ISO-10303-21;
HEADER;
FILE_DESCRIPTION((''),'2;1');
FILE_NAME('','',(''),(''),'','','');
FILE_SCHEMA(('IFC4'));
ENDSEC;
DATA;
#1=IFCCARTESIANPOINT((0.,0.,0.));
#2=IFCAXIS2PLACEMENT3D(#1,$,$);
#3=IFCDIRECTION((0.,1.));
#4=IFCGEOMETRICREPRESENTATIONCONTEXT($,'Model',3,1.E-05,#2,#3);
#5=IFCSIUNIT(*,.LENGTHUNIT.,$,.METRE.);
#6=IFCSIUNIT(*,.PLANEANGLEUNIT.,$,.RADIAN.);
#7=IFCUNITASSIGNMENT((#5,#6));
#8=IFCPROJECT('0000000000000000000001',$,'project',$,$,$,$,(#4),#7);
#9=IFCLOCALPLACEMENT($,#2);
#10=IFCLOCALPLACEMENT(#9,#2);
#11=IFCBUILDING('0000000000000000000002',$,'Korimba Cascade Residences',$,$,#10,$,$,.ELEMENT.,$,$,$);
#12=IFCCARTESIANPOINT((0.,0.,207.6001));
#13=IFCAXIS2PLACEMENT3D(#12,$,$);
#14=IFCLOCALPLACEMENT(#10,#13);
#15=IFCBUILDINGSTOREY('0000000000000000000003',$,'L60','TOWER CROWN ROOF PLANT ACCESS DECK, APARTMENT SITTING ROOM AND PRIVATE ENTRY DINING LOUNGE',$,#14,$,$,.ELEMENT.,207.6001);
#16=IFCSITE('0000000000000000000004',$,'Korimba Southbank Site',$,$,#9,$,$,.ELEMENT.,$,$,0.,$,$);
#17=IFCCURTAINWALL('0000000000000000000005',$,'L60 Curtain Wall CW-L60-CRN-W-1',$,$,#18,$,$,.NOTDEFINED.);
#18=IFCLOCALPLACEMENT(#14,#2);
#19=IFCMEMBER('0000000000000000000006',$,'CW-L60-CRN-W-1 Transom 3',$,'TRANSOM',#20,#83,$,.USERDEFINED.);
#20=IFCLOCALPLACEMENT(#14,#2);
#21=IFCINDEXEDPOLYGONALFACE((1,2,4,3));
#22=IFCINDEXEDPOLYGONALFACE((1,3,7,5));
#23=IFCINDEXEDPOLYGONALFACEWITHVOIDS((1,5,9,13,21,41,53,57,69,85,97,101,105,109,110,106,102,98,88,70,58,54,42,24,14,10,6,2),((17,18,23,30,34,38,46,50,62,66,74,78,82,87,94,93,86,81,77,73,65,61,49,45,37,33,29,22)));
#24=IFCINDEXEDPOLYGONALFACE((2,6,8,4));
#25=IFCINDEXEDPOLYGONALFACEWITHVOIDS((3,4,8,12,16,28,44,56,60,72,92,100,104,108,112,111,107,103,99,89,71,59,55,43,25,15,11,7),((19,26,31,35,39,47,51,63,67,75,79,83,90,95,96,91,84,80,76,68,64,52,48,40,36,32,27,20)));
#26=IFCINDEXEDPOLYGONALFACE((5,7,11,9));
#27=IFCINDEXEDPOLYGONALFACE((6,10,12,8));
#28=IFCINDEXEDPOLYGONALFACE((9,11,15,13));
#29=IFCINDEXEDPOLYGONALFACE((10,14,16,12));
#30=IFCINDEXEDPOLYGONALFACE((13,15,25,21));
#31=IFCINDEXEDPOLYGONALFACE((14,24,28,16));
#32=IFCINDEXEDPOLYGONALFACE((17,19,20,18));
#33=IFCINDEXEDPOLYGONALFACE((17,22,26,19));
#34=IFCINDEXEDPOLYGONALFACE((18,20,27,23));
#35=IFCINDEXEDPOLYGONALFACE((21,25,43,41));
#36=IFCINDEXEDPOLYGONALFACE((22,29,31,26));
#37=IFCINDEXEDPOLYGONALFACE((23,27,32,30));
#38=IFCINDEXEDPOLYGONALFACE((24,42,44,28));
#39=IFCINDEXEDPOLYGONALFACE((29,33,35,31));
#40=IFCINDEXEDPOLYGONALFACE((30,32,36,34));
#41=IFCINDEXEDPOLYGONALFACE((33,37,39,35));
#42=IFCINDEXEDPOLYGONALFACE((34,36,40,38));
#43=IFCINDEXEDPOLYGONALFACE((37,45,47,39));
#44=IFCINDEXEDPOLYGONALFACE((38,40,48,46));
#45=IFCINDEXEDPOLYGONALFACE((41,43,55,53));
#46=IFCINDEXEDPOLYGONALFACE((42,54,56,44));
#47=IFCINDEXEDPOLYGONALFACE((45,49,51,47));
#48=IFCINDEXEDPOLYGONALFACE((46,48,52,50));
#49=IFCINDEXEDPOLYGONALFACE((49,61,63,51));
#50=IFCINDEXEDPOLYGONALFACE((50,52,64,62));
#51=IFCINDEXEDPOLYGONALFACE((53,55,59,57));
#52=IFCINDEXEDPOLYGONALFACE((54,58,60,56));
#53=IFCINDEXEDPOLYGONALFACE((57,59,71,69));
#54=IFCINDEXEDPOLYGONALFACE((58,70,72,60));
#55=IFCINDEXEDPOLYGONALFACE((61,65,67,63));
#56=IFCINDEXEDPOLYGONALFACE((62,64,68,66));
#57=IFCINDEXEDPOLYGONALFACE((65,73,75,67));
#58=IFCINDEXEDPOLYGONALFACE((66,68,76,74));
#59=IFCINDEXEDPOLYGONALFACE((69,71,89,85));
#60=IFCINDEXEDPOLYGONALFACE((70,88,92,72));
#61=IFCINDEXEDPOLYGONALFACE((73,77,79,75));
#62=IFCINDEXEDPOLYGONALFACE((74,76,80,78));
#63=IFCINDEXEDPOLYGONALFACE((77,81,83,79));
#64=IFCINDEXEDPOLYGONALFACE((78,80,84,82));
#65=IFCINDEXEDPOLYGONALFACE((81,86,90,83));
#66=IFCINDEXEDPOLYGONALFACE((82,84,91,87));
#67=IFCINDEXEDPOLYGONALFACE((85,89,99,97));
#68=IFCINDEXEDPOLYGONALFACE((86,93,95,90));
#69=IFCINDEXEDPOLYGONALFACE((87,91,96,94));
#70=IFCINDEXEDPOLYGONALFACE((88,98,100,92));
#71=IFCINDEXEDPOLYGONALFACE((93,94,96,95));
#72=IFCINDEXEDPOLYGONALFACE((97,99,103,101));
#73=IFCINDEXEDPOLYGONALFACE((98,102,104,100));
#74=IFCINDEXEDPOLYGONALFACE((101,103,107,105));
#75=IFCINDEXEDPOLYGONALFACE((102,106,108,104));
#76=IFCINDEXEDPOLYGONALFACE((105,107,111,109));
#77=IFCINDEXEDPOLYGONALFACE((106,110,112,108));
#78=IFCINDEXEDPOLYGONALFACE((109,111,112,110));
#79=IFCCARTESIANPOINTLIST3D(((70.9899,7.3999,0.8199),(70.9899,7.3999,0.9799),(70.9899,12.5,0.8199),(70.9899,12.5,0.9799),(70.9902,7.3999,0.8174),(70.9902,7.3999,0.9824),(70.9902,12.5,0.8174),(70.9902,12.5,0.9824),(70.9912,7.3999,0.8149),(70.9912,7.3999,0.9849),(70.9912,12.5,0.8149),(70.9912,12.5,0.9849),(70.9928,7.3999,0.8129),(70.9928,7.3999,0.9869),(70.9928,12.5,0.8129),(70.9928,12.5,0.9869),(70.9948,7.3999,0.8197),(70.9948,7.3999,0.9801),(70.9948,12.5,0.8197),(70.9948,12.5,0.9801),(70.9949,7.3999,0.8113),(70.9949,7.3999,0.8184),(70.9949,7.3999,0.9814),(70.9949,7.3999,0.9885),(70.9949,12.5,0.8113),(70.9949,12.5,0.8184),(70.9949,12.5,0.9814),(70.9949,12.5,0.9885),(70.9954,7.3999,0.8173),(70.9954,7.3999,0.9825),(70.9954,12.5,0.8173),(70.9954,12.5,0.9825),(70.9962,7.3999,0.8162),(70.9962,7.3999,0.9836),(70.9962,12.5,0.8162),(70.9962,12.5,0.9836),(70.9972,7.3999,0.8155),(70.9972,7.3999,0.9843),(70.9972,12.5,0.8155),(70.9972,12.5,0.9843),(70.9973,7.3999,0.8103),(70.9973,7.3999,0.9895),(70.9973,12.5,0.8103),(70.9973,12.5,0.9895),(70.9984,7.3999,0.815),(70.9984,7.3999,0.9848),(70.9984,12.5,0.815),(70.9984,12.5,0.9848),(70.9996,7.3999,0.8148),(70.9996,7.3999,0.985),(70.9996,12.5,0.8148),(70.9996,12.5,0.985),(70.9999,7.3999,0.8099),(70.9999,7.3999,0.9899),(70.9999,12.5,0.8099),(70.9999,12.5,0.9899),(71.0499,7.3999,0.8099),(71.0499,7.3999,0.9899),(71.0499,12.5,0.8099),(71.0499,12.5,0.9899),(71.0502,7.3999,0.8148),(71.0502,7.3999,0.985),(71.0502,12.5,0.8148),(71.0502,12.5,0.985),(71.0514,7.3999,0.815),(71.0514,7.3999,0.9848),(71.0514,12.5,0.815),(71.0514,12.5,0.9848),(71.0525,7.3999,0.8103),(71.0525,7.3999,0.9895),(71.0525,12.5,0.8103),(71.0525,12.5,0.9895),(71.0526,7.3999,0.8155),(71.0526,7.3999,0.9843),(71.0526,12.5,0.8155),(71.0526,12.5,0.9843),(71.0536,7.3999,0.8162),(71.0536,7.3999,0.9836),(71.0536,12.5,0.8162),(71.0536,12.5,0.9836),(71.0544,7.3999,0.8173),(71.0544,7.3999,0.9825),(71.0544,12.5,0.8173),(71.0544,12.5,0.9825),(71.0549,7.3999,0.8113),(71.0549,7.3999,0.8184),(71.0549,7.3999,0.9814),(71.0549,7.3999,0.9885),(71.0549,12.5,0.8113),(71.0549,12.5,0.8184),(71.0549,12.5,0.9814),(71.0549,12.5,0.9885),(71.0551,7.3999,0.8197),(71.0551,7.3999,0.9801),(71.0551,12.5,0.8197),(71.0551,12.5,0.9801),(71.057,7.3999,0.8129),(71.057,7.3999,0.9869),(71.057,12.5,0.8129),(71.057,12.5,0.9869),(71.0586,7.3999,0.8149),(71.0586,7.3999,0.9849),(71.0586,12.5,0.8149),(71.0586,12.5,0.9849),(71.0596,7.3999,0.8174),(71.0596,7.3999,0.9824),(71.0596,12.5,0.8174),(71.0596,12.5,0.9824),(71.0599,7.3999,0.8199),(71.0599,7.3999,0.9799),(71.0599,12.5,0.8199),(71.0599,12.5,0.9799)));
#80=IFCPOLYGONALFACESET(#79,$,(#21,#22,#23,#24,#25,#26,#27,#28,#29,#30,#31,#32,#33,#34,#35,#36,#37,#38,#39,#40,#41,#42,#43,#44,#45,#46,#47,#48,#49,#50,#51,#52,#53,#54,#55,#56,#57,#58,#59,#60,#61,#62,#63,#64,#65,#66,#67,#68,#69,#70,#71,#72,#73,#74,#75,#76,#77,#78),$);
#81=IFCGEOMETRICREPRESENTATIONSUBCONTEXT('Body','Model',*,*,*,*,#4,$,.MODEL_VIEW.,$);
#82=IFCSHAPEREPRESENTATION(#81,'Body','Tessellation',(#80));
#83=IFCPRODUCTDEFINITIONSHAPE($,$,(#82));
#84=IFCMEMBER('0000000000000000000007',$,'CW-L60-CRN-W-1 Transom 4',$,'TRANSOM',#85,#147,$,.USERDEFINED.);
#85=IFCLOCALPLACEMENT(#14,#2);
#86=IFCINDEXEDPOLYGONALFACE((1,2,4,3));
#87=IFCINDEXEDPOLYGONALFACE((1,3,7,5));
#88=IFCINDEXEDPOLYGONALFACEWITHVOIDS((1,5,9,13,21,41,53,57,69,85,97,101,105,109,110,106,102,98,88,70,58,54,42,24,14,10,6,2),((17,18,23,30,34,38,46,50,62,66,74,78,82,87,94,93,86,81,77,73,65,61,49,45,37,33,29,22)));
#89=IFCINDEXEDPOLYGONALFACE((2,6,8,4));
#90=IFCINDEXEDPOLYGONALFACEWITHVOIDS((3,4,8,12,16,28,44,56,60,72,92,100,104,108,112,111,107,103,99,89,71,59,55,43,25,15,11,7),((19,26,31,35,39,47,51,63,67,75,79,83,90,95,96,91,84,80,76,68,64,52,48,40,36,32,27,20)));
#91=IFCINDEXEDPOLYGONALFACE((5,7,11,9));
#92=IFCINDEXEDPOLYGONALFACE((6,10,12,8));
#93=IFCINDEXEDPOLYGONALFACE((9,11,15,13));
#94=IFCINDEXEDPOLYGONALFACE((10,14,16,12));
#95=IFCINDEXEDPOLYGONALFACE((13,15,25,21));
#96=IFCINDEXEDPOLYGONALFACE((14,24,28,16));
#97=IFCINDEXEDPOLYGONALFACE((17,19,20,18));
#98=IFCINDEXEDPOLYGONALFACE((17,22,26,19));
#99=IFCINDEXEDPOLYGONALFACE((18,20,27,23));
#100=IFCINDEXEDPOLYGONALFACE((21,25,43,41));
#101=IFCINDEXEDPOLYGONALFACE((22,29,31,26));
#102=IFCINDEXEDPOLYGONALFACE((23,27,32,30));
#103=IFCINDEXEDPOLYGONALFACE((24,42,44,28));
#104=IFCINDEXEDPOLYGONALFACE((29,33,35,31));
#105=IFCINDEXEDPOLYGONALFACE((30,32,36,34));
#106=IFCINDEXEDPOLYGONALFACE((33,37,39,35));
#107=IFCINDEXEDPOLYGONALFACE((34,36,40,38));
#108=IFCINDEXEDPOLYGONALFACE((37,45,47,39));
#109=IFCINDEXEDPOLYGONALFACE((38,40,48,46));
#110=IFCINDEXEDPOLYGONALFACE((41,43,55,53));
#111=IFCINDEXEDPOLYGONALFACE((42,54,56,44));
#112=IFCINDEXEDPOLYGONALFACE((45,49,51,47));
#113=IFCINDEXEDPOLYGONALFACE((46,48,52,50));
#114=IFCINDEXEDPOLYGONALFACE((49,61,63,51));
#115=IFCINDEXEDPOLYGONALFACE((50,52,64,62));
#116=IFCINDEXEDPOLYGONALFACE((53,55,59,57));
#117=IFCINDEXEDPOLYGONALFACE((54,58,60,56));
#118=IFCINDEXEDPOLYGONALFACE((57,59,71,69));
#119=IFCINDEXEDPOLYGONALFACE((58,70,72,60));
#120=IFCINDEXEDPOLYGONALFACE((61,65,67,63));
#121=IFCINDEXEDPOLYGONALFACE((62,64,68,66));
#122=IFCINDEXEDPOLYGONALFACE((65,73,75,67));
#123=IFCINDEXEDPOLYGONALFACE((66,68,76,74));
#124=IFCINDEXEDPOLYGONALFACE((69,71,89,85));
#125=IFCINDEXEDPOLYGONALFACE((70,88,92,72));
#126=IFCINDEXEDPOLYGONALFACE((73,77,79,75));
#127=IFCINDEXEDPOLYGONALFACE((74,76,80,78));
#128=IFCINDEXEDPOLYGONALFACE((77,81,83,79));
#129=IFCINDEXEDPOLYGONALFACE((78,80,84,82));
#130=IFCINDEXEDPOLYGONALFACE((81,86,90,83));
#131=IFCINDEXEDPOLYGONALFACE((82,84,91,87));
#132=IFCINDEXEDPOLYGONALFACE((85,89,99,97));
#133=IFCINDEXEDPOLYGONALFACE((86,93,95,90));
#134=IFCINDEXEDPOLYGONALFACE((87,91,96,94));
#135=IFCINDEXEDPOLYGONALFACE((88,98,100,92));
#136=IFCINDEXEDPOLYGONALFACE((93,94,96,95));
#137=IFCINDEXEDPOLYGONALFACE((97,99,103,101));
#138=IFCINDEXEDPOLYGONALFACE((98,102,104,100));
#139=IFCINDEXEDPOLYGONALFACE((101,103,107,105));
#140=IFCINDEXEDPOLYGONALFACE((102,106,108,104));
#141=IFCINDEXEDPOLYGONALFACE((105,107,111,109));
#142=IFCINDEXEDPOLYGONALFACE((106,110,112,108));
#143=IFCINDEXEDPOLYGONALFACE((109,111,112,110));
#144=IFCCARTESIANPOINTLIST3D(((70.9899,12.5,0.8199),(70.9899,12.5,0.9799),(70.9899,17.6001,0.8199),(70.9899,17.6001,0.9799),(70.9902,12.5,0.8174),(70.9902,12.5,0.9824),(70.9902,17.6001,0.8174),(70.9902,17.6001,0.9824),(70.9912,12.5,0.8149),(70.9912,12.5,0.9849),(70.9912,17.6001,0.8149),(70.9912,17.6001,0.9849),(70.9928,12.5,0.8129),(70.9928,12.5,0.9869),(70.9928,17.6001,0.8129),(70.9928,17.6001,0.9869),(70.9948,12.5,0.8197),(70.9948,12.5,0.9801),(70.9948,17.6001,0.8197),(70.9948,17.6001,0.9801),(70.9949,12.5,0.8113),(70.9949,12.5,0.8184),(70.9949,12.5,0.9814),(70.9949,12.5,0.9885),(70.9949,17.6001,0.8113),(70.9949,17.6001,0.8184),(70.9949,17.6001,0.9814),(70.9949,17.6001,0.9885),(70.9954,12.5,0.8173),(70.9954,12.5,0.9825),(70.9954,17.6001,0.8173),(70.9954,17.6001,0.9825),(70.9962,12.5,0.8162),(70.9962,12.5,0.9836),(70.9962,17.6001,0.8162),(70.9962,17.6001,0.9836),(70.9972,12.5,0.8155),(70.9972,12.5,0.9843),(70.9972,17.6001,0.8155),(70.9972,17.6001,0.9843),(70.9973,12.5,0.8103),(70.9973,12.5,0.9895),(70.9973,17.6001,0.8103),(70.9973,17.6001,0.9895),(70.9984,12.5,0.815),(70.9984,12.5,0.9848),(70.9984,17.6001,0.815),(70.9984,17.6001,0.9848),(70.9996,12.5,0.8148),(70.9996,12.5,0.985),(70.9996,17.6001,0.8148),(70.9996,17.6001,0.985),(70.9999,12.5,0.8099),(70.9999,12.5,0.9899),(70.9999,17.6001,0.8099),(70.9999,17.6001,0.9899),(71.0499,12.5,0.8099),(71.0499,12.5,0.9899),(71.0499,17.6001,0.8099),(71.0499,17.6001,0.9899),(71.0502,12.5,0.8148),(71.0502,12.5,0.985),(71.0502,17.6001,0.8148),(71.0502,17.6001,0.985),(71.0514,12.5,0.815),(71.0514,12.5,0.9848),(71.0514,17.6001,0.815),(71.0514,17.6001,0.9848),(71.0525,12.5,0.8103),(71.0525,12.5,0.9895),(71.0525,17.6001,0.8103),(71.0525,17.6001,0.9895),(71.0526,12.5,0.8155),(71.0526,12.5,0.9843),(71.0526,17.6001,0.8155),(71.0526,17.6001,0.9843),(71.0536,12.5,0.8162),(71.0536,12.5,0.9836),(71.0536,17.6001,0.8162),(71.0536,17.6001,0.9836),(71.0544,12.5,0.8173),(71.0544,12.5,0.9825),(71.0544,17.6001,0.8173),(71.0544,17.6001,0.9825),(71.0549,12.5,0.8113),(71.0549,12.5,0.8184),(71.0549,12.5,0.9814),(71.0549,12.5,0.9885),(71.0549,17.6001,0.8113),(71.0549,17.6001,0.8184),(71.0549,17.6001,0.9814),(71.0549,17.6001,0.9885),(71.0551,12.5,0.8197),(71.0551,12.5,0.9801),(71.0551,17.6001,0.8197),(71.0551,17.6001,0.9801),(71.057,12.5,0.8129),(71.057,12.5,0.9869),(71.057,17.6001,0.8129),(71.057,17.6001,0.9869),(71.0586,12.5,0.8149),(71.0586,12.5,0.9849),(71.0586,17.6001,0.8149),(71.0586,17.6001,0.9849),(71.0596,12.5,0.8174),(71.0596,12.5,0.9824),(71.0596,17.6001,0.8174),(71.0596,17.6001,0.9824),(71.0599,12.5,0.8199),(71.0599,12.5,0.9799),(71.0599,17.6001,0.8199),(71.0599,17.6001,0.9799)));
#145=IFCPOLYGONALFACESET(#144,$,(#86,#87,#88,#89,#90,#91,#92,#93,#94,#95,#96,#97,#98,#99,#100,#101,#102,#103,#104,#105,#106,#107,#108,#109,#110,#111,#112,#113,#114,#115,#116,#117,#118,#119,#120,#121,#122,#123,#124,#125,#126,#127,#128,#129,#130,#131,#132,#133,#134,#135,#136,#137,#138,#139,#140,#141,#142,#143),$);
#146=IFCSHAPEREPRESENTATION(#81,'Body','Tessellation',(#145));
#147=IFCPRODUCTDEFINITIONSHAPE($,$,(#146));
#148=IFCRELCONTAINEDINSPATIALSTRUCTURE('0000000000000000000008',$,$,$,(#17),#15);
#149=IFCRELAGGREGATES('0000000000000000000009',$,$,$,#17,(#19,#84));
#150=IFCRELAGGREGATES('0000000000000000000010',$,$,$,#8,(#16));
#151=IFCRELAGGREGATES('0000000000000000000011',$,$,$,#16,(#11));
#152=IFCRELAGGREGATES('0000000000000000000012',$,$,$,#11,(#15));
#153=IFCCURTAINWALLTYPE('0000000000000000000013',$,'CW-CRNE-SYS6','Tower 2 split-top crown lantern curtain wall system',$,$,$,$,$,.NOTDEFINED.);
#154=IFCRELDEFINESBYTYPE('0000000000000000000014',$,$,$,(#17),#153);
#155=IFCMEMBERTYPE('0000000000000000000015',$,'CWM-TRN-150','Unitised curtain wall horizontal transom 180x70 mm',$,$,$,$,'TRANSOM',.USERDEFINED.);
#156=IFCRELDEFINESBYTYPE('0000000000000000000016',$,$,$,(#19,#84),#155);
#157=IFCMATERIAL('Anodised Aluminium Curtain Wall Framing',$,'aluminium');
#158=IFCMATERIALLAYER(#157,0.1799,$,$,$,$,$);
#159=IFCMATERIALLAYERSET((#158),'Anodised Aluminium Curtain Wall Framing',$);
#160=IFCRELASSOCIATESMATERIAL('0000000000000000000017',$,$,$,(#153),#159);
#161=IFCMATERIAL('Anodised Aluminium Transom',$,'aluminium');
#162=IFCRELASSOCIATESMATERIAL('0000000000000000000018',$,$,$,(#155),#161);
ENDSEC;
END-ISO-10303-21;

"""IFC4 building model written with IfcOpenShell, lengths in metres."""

from ifc_helpers import new_model, si_unit, direction, frame, origin, origin_2d, place, context, subcontext, project, spatial, hollow_rectangle, extrude, material, layer, layer_set, material_profile, profile_set, type_object, element, aggregate, save


model = new_model("IFC4")

# Units and contexts
model_context = context("Model", 3, precision=1e-05, world=origin(), true_north=direction((0.0, 1.0)))
body_context = subcontext(model_context, "Body", "Model", "MODEL_VIEW")
ifc_project = project(units=[si_unit("LENGTHUNIT", "METRE"), si_unit("PLANEANGLEUNIT", "RADIAN")], contexts=[model_context])

# Site, building, storey
site_placement = place(None, origin())
site = spatial("IfcSite", under=ifc_project, at=site_placement, Name="Korimba Southbank Site", CompositionType="ELEMENT", RefElevation=0.0)
building_placement = place(site_placement, origin())
building = spatial("IfcBuilding", under=site, at=building_placement, Name="Korimba Cascade Residences", CompositionType="ELEMENT")
storey_placement = place(building_placement, frame((0.0, 0.0, 207.6001)))
storey = spatial("IfcBuildingStorey", under=building, at=storey_placement, Name="L60", Description="TOWER CROWN ROOF PLANT ACCESS DECK, APARTMENT SITTING ROOM AND PRIVATE ENTRY DINING LOUNGE", CompositionType="ELEMENT", Elevation=207.6001)

# Curtain wall, members
ifc_material_1 = material(Name="Anodised Aluminium Curtain Wall Framing", Category="aluminium")
ifc_layer_1 = layer(ifc_material_1, 0.1799)
ifc_layer_set_1 = layer_set([ifc_layer_1], Name="Anodised Aluminium Curtain Wall Framing")
curtain_wall_type = type_object("IfcCurtainWallType", Name="CW-CRNE-SYS6", Description="Tower 2 split-top crown lantern curtain wall system", PredefinedType="NOTDEFINED", material=ifc_layer_set_1)
curtain_wall_placement = place(storey_placement, origin())
curtain_wall = element("IfcCurtainWall", 1, at=curtain_wall_placement, inside=storey, type_object=curtain_wall_type, Name="L60 Curtain Wall CW-L60-CRN-W-1", PredefinedType="NOTDEFINED")
ifc_material_2 = material(Name="Anodised Aluminium Transom", Category="aluminium")
ifc_material_profile_1 = material_profile(ifc_material_2, hollow_rectangle(XDim=0.0701, YDim=0.1799, WallThickness=0.0049, InnerFilletRadius=0.0049, OuterFilletRadius=0.01, at=origin_2d()), Name="Anodised Aluminium Transom")
ifc_profile_set_1 = profile_set([ifc_material_profile_1], Name="Anodised Aluminium Transom")
member_type_1 = type_object("IfcMemberType", Name="CWM-TRN-150", Description="Unitised curtain wall horizontal transom 180x70 mm", ElementType="TRANSOM", PredefinedType="USERDEFINED", material=ifc_profile_set_1)
member_1_placement = place(storey_placement, frame((71.0249, 7.3999, 0.8999), z_axis=(0.0, 1.0, 0.0), x_axis=(-1.0, 0.0, 0.0)))
member_1 = element("IfcMember", 2, at=member_1_placement, type_object=member_type_1, Name="CW-L60-CRN-W-1 Transom 3", ObjectType="TRANSOM", PredefinedType="USERDEFINED", context=body_context, shape_type="SweptSolid", body=[
    extrude(hollow_rectangle(XDim=0.0701, YDim=0.1799, WallThickness=0.0049, InnerFilletRadius=0.0049, OuterFilletRadius=0.01, at=origin_2d()), origin(), (0.0, 0.0, 1.0), 5.1001),
])
member_2_placement = place(storey_placement, frame((71.0249, 12.5, 0.8999), z_axis=(0.0, 1.0, 0.0), x_axis=(-1.0, 0.0, 0.0)))
member_2 = element("IfcMember", 3, at=member_2_placement, type_object=member_type_1, Name="CW-L60-CRN-W-1 Transom 4", ObjectType="TRANSOM", PredefinedType="USERDEFINED", context=body_context, shape_type="SweptSolid", body=[
    extrude(hollow_rectangle(XDim=0.0701, YDim=0.1799, WallThickness=0.0049, InnerFilletRadius=0.0049, OuterFilletRadius=0.01, at=origin_2d()), origin(), (0.0, 0.0, 1.0), 5.1001),
])
aggregate(curtain_wall, [member_1, member_2])

save(model, "model.ifc")
